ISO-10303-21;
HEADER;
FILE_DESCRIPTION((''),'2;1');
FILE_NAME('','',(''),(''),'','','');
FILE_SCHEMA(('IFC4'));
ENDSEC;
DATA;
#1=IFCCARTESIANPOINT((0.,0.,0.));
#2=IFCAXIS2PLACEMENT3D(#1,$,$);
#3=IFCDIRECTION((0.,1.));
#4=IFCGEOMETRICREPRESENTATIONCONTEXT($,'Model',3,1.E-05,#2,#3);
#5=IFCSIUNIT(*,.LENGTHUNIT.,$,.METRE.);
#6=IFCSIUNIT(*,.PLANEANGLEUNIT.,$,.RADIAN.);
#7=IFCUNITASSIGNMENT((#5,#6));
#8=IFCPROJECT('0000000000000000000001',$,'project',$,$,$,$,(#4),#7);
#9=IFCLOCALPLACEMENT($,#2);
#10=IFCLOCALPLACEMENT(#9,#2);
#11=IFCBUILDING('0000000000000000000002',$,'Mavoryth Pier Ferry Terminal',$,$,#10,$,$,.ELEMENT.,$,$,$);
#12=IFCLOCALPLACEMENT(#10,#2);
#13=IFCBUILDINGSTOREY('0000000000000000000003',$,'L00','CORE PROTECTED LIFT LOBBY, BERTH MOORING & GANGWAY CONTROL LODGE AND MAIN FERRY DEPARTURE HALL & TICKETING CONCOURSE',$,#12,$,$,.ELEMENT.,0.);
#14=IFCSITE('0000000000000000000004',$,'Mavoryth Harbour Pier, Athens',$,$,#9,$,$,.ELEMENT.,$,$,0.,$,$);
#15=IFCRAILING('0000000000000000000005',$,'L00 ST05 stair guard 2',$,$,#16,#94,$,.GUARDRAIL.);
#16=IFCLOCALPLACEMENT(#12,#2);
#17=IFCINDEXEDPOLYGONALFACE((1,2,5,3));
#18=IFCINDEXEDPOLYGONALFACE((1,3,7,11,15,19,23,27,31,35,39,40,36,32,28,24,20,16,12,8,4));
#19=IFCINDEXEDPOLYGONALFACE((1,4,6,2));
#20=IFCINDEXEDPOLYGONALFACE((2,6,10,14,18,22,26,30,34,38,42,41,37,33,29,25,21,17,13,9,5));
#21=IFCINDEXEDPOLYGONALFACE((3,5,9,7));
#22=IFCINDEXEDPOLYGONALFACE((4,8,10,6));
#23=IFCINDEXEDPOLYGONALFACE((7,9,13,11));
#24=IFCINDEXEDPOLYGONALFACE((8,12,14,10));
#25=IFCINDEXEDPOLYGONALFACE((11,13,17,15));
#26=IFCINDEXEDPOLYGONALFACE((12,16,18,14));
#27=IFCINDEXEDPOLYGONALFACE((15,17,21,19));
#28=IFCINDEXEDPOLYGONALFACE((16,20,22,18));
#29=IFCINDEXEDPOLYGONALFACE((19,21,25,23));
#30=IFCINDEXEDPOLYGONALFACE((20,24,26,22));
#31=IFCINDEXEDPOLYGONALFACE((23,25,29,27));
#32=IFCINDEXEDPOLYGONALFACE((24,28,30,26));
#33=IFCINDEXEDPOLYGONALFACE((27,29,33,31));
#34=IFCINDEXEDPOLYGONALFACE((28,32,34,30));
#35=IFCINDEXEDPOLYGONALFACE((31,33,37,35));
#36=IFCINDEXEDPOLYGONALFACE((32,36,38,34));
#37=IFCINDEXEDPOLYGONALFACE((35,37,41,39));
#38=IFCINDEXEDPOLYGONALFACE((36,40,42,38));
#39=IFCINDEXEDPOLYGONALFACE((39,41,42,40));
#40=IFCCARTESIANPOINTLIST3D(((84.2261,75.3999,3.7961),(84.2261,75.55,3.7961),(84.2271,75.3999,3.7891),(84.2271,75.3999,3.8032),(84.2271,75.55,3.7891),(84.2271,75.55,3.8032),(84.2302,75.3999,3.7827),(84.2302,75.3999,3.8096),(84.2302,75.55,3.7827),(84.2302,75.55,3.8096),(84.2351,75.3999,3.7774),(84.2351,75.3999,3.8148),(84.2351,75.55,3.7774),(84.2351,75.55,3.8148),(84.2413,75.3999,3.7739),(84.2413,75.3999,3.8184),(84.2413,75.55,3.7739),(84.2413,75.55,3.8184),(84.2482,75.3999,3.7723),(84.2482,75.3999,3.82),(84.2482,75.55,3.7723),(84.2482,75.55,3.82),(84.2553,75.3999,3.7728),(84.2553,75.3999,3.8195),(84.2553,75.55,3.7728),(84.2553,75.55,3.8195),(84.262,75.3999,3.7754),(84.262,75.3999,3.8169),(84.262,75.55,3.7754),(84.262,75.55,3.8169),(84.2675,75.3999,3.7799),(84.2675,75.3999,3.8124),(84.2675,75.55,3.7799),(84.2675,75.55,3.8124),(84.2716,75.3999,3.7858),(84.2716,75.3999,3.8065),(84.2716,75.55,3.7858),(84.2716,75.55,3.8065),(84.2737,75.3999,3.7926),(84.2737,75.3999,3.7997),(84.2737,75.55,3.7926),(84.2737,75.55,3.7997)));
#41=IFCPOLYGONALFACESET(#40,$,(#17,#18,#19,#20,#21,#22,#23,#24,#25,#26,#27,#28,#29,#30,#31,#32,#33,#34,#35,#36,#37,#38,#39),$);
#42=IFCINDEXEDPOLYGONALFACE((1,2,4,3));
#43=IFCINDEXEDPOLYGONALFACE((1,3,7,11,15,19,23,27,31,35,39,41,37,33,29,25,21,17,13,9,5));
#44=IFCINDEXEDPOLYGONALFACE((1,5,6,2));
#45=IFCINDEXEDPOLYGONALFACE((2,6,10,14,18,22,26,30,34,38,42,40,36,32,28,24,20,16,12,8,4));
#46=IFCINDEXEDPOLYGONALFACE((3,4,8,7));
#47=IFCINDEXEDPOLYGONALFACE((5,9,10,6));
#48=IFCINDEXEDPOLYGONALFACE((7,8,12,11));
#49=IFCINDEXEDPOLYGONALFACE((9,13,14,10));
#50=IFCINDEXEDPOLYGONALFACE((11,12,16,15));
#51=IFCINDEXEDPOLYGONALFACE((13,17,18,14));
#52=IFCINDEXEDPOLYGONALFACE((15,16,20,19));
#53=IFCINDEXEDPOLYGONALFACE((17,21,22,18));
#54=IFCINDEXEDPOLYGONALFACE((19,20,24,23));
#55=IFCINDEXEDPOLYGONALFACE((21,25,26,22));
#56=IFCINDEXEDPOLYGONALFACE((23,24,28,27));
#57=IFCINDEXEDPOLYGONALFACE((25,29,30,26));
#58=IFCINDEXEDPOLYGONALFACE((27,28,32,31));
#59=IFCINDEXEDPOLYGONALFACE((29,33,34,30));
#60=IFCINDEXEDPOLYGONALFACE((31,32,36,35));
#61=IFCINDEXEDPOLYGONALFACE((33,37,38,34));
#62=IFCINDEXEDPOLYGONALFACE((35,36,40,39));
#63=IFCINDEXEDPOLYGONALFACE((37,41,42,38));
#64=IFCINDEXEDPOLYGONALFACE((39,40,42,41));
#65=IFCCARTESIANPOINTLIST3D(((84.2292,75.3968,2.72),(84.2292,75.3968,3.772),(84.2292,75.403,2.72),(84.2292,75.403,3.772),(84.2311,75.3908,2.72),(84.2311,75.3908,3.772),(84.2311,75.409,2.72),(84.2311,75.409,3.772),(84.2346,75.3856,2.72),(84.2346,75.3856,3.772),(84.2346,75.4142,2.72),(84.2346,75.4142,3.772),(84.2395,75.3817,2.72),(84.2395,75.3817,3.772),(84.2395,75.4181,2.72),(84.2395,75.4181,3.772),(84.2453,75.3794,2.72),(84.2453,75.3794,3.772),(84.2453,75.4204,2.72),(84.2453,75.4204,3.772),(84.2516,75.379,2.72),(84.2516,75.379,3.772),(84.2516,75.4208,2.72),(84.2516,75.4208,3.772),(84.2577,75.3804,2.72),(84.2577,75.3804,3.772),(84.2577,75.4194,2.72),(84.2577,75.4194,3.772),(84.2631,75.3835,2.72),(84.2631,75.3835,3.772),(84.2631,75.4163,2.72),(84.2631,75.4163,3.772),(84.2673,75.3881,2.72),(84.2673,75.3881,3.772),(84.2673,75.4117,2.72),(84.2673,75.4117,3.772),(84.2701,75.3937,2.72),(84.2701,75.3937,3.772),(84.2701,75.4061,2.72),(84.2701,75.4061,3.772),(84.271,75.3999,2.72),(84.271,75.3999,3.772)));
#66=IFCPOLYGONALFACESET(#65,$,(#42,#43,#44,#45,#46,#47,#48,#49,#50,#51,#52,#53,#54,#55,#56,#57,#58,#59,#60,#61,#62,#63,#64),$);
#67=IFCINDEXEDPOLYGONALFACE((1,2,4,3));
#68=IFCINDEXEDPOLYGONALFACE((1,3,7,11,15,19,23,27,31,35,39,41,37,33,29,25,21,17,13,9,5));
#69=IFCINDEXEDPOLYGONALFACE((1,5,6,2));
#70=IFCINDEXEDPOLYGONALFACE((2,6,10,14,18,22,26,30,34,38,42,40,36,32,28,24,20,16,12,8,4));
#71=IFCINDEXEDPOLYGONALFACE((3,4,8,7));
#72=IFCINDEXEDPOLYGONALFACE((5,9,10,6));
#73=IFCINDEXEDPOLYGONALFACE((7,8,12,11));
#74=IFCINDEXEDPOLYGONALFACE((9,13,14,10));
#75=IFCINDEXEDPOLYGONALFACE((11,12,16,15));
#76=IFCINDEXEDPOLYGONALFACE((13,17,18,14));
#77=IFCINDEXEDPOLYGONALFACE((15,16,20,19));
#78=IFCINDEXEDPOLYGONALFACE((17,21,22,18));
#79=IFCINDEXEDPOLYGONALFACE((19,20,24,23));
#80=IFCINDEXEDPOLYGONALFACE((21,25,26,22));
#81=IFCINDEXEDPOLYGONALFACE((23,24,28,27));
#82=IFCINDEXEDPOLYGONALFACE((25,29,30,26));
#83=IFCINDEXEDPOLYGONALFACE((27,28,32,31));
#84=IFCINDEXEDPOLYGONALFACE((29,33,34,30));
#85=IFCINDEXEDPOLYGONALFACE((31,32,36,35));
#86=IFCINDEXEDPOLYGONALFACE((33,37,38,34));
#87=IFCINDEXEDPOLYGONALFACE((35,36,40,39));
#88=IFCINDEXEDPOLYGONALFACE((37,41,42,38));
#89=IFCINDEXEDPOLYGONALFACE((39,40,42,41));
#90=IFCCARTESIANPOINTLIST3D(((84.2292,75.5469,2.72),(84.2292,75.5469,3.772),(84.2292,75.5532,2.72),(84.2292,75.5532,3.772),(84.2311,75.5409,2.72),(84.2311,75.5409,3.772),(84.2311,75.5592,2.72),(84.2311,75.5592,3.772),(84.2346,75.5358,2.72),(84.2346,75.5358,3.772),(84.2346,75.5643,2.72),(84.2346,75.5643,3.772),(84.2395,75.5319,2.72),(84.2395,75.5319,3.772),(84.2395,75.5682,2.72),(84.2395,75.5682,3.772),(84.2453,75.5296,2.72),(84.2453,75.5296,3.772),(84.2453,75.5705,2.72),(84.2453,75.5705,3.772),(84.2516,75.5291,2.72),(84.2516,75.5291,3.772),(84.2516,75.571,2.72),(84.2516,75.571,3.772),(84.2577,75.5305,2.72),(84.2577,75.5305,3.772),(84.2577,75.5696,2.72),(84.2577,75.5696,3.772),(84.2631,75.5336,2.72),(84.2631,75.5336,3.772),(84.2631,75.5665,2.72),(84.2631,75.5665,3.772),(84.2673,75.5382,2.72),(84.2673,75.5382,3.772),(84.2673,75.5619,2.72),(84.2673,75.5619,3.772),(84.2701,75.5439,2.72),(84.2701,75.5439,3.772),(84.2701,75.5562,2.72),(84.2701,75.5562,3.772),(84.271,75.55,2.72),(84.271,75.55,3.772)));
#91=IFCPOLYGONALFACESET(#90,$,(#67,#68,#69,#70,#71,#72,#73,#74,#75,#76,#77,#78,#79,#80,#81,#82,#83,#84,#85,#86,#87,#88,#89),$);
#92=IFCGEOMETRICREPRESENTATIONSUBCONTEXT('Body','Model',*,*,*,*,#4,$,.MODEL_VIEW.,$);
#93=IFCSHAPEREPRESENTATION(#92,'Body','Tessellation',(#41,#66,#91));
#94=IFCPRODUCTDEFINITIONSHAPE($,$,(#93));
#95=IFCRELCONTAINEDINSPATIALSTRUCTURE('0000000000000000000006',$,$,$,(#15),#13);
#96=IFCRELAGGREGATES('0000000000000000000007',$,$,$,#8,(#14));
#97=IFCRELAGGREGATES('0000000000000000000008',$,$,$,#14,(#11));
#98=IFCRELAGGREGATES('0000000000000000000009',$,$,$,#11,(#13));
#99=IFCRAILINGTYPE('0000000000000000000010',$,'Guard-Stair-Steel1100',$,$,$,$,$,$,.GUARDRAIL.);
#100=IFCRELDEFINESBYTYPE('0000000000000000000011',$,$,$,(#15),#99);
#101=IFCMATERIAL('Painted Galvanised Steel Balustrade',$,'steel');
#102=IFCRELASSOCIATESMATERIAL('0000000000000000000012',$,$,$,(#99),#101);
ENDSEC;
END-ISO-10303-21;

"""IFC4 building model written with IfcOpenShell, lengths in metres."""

from ifc_helpers import new_model, si_unit, direction, frame, origin, origin_2d, place, context, subcontext, project, spatial, circle, extrude, material, type_object, element, save


model = new_model("IFC4")

# Units and contexts
model_context = context("Model", 3, precision=1e-05, world=origin(), true_north=direction((0.0, 1.0)))
body_context = subcontext(model_context, "Body", "Model", "MODEL_VIEW")
ifc_project = project(units=[si_unit("LENGTHUNIT", "METRE"), si_unit("PLANEANGLEUNIT", "RADIAN")], contexts=[model_context])

# Site, building, storey
site_placement = place(None, origin())
site = spatial("IfcSite", under=ifc_project, at=site_placement, Name="Mavoryth Harbour Pier, Athens", CompositionType="ELEMENT", RefElevation=0.0)
building_placement = place(site_placement, origin())
building = spatial("IfcBuilding", under=site, at=building_placement, Name="Mavoryth Pier Ferry Terminal", CompositionType="ELEMENT")
storey_placement = place(building_placement, origin())
storey = spatial("IfcBuildingStorey", under=building, at=storey_placement, Name="L00", Description="CORE PROTECTED LIFT LOBBY, BERTH MOORING & GANGWAY CONTROL LODGE AND MAIN FERRY DEPARTURE HALL & TICKETING CONCOURSE", CompositionType="ELEMENT", Elevation=0.0)

# Railing
ifc_material_1 = material(Name="Painted Galvanised Steel Balustrade", Category="steel")
railing_type_1 = type_object("IfcRailingType", Name="Guard-Stair-Steel1100", PredefinedType="GUARDRAIL", material=ifc_material_1)
railing_1_placement = place(storey_placement, frame((84.25, 75.3999, 2.72)))
element("IfcRailing", 1, at=railing_1_placement, inside=storey, type_object=railing_type_1, Name="L00 ST05 stair guard 2", PredefinedType="GUARDRAIL", context=body_context, shape_type="SweptSolid", body=[
    extrude(circle(Radius=0.0239, at=origin_2d()), frame((0.0, 0.0, 1.0762), z_axis=(0.0, 1.0, 0.0), x_axis=(-1.0, 0.0, 0.0)), (0.0, 0.0, 1.0), 0.1501),
    extrude(circle(Radius=0.021, at=origin_2d()), origin(), (0.0, 0.0, 1.0), 1.052),
    extrude(circle(Radius=0.021, at=origin_2d()), frame((0.0, 0.1501, 0.0)), (0.0, 0.0, 1.0), 1.052),
])

save(model, "model.ifc")
